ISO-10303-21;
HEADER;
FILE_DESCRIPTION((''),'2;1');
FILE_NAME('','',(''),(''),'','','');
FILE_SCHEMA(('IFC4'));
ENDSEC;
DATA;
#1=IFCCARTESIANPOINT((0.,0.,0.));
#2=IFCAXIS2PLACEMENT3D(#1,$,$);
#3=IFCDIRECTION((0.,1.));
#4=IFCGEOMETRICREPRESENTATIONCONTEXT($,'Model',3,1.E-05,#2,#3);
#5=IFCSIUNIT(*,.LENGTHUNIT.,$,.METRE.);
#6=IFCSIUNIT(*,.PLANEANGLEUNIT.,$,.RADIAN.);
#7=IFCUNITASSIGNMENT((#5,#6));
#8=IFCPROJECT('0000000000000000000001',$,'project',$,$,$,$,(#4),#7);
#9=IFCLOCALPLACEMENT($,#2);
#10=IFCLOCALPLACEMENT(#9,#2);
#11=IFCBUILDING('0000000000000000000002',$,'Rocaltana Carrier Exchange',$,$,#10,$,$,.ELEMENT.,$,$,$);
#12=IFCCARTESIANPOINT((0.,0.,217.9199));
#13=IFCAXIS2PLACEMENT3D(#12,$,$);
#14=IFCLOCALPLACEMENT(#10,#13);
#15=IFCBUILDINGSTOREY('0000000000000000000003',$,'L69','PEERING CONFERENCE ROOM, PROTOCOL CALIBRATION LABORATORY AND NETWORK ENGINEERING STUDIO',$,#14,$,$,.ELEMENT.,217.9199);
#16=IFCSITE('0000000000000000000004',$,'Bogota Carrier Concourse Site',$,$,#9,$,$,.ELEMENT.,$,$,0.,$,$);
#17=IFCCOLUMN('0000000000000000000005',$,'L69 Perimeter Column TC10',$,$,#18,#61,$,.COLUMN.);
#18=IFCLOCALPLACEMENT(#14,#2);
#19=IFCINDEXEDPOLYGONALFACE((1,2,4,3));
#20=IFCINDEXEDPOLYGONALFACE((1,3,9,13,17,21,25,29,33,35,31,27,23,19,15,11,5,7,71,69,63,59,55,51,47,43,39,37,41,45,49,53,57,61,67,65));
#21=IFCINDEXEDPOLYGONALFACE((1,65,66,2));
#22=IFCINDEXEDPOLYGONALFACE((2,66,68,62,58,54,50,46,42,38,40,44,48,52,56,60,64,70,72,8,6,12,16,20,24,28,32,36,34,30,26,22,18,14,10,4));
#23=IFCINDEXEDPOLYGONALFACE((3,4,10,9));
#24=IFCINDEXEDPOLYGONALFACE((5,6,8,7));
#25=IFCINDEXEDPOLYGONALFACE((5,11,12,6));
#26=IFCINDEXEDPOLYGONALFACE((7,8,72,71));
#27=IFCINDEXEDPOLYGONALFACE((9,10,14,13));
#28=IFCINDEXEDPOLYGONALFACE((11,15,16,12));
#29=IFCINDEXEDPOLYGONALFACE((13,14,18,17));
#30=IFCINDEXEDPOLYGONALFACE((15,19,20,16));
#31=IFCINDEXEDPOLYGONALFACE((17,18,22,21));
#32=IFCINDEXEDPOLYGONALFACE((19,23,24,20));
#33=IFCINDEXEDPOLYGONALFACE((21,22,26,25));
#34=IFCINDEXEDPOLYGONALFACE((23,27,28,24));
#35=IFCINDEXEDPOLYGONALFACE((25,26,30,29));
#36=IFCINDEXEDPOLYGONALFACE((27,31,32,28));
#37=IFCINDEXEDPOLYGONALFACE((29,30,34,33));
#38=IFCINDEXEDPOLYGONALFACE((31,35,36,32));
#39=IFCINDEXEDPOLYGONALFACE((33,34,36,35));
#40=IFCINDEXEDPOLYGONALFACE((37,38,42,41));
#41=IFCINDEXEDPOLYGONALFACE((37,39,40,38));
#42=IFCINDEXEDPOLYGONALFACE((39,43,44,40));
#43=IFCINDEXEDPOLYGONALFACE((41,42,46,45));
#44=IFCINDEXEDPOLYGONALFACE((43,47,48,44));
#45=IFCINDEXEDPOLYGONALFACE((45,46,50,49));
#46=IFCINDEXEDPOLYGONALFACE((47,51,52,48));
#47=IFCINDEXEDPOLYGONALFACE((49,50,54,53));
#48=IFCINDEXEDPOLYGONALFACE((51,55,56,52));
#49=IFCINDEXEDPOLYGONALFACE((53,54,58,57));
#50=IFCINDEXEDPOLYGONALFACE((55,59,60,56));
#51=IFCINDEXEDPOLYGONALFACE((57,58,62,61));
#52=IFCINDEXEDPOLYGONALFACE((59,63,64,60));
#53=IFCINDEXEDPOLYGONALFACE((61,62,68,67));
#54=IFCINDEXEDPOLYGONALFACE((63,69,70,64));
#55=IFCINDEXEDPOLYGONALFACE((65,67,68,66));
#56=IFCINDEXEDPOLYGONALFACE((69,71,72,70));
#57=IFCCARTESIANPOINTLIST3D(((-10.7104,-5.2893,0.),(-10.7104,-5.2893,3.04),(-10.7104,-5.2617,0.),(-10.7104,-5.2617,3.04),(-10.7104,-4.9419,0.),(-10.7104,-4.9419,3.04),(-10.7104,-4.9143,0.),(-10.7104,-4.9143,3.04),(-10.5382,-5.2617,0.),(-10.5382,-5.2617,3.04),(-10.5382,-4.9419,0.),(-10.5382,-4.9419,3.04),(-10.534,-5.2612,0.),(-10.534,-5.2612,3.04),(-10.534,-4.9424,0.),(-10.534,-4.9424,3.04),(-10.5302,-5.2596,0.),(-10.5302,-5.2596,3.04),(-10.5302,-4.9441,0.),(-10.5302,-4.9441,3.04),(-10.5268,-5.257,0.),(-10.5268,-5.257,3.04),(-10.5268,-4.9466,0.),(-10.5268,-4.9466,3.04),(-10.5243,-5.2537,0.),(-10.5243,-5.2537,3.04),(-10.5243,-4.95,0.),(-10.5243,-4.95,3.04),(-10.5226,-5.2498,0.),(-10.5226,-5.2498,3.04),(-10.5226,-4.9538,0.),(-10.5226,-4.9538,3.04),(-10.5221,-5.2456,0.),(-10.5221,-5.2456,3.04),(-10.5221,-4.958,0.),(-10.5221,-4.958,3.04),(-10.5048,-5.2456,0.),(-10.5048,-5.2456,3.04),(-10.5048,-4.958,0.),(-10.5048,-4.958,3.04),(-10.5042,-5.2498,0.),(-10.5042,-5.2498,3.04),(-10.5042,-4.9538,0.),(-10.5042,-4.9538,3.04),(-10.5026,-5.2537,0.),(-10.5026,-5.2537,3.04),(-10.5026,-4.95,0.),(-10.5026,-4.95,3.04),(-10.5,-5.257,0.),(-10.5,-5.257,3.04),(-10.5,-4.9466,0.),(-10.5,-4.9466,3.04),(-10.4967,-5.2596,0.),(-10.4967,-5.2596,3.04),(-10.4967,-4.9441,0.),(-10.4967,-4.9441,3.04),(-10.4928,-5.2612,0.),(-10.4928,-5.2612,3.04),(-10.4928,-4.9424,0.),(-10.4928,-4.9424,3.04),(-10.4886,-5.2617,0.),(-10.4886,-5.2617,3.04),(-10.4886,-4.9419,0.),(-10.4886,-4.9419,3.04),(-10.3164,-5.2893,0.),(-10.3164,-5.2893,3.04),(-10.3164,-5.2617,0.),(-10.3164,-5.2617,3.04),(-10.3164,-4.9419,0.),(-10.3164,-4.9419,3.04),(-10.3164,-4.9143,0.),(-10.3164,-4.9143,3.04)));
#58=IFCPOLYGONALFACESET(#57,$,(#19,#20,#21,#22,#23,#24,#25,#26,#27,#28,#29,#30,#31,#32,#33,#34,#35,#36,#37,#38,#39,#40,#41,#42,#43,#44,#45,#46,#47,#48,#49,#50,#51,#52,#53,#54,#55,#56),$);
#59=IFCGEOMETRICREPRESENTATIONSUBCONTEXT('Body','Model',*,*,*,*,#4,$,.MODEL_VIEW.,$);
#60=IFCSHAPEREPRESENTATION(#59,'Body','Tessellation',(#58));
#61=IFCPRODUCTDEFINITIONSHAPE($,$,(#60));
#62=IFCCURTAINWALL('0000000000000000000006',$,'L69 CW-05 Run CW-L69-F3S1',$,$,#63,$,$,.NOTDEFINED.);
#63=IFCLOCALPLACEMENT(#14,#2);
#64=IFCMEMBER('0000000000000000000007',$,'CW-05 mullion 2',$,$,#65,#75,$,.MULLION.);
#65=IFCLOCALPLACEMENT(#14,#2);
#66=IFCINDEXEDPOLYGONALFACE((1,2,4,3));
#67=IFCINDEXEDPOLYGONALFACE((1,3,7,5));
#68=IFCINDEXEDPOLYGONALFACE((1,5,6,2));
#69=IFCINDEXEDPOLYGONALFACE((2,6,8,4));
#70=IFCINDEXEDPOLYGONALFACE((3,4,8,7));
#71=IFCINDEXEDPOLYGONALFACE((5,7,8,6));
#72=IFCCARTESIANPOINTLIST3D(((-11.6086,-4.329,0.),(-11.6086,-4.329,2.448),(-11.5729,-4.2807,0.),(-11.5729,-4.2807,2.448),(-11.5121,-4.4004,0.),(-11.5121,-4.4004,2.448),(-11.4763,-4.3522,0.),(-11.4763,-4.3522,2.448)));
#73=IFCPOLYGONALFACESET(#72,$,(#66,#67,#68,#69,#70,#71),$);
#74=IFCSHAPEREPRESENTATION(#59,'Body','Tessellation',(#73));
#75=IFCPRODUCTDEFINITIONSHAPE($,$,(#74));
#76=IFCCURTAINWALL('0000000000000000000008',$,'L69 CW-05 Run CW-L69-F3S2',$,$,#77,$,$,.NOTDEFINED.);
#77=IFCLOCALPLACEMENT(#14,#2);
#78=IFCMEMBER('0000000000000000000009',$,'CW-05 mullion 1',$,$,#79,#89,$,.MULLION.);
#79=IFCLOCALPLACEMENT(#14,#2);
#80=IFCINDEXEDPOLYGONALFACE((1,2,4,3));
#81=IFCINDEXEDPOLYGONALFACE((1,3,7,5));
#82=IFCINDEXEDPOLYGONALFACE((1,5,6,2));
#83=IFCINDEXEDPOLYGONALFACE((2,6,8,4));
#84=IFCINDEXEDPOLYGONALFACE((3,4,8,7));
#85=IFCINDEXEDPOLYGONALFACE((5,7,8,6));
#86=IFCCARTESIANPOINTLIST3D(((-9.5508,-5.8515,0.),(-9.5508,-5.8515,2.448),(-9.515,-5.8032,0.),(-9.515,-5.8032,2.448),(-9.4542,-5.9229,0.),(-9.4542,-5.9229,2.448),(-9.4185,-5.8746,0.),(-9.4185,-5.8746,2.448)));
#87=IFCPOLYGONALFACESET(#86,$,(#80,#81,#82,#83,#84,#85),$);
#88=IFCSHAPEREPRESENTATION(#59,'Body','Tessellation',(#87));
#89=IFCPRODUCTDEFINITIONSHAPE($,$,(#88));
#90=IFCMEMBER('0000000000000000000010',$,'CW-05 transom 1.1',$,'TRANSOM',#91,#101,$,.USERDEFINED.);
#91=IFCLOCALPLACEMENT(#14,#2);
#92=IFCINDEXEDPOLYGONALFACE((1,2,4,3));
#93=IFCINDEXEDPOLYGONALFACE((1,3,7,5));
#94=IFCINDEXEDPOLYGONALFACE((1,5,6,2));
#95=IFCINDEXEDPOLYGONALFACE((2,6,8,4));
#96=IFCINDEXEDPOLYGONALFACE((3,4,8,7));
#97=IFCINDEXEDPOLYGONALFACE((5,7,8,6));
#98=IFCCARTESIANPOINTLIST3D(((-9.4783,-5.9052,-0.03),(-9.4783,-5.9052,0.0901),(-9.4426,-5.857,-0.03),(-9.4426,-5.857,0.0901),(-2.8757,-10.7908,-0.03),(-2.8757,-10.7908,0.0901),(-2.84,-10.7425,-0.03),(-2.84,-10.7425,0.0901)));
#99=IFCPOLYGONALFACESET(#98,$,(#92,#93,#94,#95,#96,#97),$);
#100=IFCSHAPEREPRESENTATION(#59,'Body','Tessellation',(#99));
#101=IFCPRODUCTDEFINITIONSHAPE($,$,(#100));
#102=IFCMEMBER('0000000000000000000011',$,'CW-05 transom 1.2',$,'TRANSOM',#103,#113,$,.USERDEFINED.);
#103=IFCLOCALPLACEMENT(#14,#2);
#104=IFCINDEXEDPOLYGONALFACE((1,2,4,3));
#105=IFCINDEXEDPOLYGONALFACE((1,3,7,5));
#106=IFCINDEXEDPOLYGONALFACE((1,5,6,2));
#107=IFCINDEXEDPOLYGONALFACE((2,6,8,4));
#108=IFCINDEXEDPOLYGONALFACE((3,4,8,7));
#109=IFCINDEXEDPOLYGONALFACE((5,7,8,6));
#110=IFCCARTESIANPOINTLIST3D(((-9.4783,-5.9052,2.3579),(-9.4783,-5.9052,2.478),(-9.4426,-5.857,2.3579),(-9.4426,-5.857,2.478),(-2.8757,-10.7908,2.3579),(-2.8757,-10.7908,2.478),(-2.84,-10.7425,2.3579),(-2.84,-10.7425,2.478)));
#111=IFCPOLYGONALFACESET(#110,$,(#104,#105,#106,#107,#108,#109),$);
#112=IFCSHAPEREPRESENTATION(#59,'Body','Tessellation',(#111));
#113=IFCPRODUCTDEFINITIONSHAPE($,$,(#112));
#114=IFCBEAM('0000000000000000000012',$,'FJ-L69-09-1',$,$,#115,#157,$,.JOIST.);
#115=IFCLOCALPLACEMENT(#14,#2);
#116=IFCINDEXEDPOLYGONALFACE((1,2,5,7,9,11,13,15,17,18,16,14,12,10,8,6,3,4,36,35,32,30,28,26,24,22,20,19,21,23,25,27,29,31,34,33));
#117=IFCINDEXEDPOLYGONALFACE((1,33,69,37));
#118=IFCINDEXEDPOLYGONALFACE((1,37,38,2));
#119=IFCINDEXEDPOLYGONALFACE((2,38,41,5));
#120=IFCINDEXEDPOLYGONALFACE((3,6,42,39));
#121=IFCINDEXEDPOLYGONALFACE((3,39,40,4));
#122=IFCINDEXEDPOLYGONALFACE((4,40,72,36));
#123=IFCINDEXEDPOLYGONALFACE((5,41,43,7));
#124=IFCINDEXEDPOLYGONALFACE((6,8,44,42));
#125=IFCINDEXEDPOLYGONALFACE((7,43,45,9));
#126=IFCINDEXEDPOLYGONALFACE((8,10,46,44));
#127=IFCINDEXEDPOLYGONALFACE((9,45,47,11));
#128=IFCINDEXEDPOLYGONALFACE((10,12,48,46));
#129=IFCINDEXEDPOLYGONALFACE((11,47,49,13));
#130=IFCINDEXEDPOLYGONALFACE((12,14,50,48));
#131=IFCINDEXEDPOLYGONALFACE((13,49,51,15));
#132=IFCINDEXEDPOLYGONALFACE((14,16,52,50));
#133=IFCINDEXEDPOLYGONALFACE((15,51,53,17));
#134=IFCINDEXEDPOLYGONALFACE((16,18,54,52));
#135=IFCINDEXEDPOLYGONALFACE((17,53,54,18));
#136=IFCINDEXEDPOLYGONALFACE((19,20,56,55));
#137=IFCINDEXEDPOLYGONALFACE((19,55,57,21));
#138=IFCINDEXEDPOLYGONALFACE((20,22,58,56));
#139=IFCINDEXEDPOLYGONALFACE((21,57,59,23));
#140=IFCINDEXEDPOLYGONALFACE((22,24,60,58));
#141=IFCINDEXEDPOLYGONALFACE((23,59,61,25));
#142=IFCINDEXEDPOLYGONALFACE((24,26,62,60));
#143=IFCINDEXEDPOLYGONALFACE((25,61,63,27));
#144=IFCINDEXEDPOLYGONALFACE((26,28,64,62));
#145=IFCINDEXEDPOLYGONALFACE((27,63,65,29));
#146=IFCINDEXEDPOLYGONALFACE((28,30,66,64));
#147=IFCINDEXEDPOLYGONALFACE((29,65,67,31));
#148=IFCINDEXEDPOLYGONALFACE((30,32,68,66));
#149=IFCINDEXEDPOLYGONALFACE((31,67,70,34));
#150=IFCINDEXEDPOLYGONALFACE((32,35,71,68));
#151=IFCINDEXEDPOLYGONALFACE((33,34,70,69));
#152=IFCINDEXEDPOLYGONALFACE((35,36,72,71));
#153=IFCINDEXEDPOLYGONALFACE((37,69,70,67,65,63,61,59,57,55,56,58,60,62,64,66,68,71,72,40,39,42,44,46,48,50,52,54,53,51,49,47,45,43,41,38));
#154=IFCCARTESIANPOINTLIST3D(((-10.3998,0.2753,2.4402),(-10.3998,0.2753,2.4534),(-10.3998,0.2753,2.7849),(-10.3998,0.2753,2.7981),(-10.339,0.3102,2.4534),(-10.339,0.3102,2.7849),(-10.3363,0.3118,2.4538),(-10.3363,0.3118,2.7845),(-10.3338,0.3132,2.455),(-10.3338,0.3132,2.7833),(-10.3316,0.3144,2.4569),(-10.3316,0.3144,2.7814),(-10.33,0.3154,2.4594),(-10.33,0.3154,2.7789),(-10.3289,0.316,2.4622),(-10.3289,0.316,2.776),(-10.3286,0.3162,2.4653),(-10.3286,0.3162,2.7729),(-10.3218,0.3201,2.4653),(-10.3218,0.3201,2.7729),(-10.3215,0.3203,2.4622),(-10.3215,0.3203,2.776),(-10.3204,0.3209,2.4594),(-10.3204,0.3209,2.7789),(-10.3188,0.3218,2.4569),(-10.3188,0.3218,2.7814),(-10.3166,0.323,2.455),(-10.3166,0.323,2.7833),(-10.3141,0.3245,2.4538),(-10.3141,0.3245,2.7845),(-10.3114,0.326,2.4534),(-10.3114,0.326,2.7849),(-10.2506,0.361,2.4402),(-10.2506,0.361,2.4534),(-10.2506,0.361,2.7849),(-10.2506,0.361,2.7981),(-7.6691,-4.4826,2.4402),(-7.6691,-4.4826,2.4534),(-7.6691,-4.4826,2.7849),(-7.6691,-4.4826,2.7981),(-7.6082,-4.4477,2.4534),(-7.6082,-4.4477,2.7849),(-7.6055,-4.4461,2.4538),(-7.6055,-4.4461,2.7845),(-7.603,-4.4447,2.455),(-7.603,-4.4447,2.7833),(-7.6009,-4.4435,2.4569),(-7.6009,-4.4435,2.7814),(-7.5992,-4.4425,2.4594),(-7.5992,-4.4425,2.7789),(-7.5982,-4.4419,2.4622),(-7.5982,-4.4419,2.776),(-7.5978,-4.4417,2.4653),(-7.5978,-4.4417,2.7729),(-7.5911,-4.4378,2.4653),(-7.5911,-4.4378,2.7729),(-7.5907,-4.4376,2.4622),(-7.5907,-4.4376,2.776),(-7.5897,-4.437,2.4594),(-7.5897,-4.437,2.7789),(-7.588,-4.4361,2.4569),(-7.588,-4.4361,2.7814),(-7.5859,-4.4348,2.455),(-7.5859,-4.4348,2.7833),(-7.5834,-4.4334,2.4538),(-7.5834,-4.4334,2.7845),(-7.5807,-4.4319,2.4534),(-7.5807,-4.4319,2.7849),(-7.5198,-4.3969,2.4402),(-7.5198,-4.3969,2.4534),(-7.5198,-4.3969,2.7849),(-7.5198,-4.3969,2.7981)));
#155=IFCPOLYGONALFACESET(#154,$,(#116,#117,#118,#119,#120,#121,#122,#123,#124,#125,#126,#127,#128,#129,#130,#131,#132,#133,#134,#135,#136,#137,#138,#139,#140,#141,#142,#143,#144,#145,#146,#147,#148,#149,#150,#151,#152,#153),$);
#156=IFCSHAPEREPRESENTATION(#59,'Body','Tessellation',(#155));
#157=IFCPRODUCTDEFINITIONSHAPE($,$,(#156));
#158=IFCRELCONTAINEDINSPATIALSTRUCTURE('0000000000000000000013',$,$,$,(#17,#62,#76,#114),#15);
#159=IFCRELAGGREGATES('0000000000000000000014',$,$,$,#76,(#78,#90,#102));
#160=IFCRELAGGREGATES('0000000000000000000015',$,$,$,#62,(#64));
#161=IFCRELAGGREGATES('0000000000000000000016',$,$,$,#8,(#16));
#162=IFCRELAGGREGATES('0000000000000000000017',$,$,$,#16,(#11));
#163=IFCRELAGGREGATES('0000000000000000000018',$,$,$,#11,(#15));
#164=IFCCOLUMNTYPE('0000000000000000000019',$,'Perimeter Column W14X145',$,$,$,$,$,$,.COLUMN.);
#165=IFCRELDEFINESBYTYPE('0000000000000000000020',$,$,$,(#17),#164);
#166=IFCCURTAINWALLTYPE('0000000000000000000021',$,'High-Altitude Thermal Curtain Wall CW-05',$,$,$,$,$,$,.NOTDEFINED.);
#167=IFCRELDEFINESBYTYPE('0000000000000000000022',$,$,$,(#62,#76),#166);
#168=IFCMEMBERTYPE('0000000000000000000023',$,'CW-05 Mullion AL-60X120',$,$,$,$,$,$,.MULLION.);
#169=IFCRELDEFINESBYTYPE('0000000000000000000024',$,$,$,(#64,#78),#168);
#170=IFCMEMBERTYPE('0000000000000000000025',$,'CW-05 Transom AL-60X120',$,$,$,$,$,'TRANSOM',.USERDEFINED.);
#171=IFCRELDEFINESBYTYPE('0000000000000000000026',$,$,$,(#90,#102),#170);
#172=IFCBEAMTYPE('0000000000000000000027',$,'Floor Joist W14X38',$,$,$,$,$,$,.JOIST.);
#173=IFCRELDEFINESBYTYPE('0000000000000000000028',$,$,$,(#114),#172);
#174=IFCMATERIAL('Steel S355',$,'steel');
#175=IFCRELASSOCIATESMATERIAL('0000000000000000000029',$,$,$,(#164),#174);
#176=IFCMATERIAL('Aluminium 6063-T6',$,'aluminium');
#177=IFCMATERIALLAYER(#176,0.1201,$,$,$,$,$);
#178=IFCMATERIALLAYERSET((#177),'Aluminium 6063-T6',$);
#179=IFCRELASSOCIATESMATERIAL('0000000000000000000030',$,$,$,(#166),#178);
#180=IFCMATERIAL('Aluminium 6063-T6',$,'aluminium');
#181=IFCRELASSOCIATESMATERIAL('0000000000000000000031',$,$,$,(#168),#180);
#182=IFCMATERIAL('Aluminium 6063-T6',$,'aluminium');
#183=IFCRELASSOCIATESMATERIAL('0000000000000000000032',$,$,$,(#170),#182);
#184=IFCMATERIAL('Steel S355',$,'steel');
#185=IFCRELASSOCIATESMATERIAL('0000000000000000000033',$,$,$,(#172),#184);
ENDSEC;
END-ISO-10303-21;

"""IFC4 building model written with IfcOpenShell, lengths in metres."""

from ifc_helpers import new_model, si_unit, direction, frame, origin, origin_2d, place, context, subcontext, project, spatial, rectangle, i_section, extrude, material, layer, layer_set, material_profile, profile_set, type_object, element, aggregate, save


model = new_model("IFC4")

# Units and contexts
model_context = context("Model", 3, precision=1e-05, world=origin(), true_north=direction((0.0, 1.0)))
body_context = subcontext(model_context, "Body", "Model", "MODEL_VIEW")
ifc_project = project(units=[si_unit("LENGTHUNIT", "METRE"), si_unit("PLANEANGLEUNIT", "RADIAN")], contexts=[model_context])

# Site, building, storey
site_placement = place(None, origin())
site = spatial("IfcSite", under=ifc_project, at=site_placement, Name="Bogota Carrier Concourse Site", CompositionType="ELEMENT", RefElevation=0.0)
building_placement = place(site_placement, origin())
building = spatial("IfcBuilding", under=site, at=building_placement, Name="Rocaltana Carrier Exchange", CompositionType="ELEMENT")
storey_placement = place(building_placement, frame((0.0, 0.0, 217.9199)))
storey = spatial("IfcBuildingStorey", under=building, at=storey_placement, Name="L69", Description="PEERING CONFERENCE ROOM, PROTOCOL CALIBRATION LABORATORY AND NETWORK ENGINEERING STUDIO", CompositionType="ELEMENT", Elevation=217.9199)

# Column
ifc_material_1 = material(Name="Steel S355", Category="steel")
ifc_material_profile_1 = material_profile(ifc_material_1, i_section(OverallWidth=0.394, OverallDepth=0.375, WebThickness=0.0173, FlangeThickness=0.0276, FilletRadius=0.0161, at=origin_2d()), Name="W14X145")
ifc_profile_set_1 = profile_set([ifc_material_profile_1], Name="Steel S355")
column_type = type_object("IfcColumnType", Name="Perimeter Column W14X145", PredefinedType="COLUMN", material=ifc_profile_set_1)
column_placement = place(storey_placement, frame((-10.5134, -5.1018, 0.0), z_axis=(0.0, 0.0, 1.0), x_axis=(1.0, 0.0, 0.0)))
element("IfcColumn", 1, at=column_placement, inside=storey, type_object=column_type, Name="L69 Perimeter Column TC10", PredefinedType="COLUMN", context=body_context, shape_type="SweptSolid", body=[
    extrude(i_section(OverallWidth=0.394, OverallDepth=0.375, WebThickness=0.0173, FlangeThickness=0.0276, FilletRadius=0.0161, at=origin_2d()), origin(), (0.0, 0.0, 1.0), 3.04),
])

# Curtain wall, member
ifc_material_2 = material(Name="Aluminium 6063-T6", Category="aluminium")
ifc_layer_1 = layer(ifc_material_2, 0.1201)
ifc_layer_set_1 = layer_set([ifc_layer_1], Name="Aluminium 6063-T6")
curtain_wall_type = type_object("IfcCurtainWallType", Name="High-Altitude Thermal Curtain Wall CW-05", PredefinedType="NOTDEFINED", material=ifc_layer_set_1)
curtain_wall_1_placement = place(storey_placement, origin())
curtain_wall_1 = element("IfcCurtainWall", 2, at=curtain_wall_1_placement, inside=storey, type_object=curtain_wall_type, Name="L69 CW-05 Run CW-L69-F3S1", PredefinedType="NOTDEFINED")
ifc_material_3 = material(Name="Aluminium 6063-T6", Category="aluminium")
ifc_material_profile_2 = material_profile(ifc_material_3, rectangle(XDim=0.0601, YDim=0.1201, at=origin_2d()), Name="AL-60X120")
ifc_profile_set_2 = profile_set([ifc_material_profile_2], Name="Aluminium 6063-T6")
member_type_1 = type_object("IfcMemberType", Name="CW-05 Mullion AL-60X120", PredefinedType="MULLION", material=ifc_profile_set_2)
member_1_placement = place(storey_placement, frame((-11.5425, -4.3406, 0.0), z_axis=(0.0, 0.0, 1.0), x_axis=(0.594827, 0.803854, 0.0)))
member_1 = element("IfcMember", 3, at=member_1_placement, type_object=member_type_1, Name="CW-05 mullion 2", PredefinedType="MULLION", context=body_context, shape_type="SweptSolid", body=[
    extrude(rectangle(XDim=0.0601, YDim=0.1201, at=origin_2d()), origin(), (0.0, 0.0, 1.0), 2.448),
])

# Curtain wall, members
curtain_wall_2_placement = place(storey_placement, origin())
curtain_wall_2 = element("IfcCurtainWall", 4, at=curtain_wall_2_placement, inside=storey, type_object=curtain_wall_type, Name="L69 CW-05 Run CW-L69-F3S2", PredefinedType="NOTDEFINED")
member_2_placement = place(storey_placement, frame((-9.4846, -5.863, 0.0), z_axis=(0.0, 0.0, 1.0), x_axis=(0.594821, 0.803858, 0.0)))
member_2 = element("IfcMember", 5, at=member_2_placement, type_object=member_type_1, Name="CW-05 mullion 1", PredefinedType="MULLION", context=body_context, shape_type="SweptSolid", body=[
    extrude(rectangle(XDim=0.0601, YDim=0.1201, at=origin_2d()), origin(), (0.0, 0.0, 1.0), 2.448),
])
ifc_material_4 = material(Name="Aluminium 6063-T6", Category="aluminium")
ifc_material_profile_3 = material_profile(ifc_material_4, rectangle(XDim=0.0601, YDim=0.1201, at=origin_2d()), Name="AL-60X120")
ifc_profile_set_3 = profile_set([ifc_material_profile_3], Name="Aluminium 6063-T6")
member_type_2 = type_object("IfcMemberType", Name="CW-05 Transom AL-60X120", ElementType="TRANSOM", PredefinedType="USERDEFINED", material=ifc_profile_set_3)
member_3_placement = place(storey_placement, frame((-9.4604, -5.8811, 0.03), z_axis=(0.803864, -0.594813, 0.0), x_axis=(0.594813, 0.803864, 0.0)))
member_3 = element("IfcMember", 6, at=member_3_placement, type_object=member_type_2, Name="CW-05 transom 1.1", ObjectType="TRANSOM", PredefinedType="USERDEFINED", context=body_context, shape_type="SweptSolid", body=[
    extrude(rectangle(XDim=0.0601, YDim=0.1201, at=origin_2d()), origin(), (0.0, 0.0, 1.0), 8.2136),
])
member_4_placement = place(storey_placement, frame((-9.4604, -5.8811, 2.418), z_axis=(0.803864, -0.594813, 0.0), x_axis=(0.594813, 0.803864, 0.0)))
member_4 = element("IfcMember", 7, at=member_4_placement, type_object=member_type_2, Name="CW-05 transom 1.2", ObjectType="TRANSOM", PredefinedType="USERDEFINED", context=body_context, shape_type="SweptSolid", body=[
    extrude(rectangle(XDim=0.0601, YDim=0.1201, at=origin_2d()), origin(), (0.0, 0.0, 1.0), 8.2136),
])
aggregate(curtain_wall_2, [member_2, member_3, member_4])

# Beam
ifc_material_5 = material(Name="Steel S355", Category="steel")
ifc_material_profile_4 = material_profile(ifc_material_5, i_section(OverallWidth=0.1721, OverallDepth=0.3579, WebThickness=0.0078, FlangeThickness=0.0132, FilletRadius=0.012, at=origin_2d()), Name="W14X38")
ifc_profile_set_4 = profile_set([ifc_material_profile_4], Name="Steel S355")
beam_type_1 = type_object("IfcBeamType", Name="Floor Joist W14X38", PredefinedType="JOIST", material=ifc_profile_set_4)
beam_1_placement = place(storey_placement, frame((-10.3252, 0.3181, 2.6191), z_axis=(0.497782, -0.867302, 0.0), x_axis=(0.867302, 0.497782, 0.0)))
element("IfcBeam", 8, at=beam_1_placement, inside=storey, type_object=beam_type_1, Name="FJ-L69-09-1", PredefinedType="JOIST", context=body_context, shape_type="SweptSolid", body=[
    extrude(i_section(OverallWidth=0.1721, OverallDepth=0.3579, WebThickness=0.0078, FlangeThickness=0.0132, FilletRadius=0.012, at=origin_2d()), origin(), (0.0, 0.0, 1.0), 5.4858),
])

aggregate(curtain_wall_1, [member_1])

save(model, "model.ifc")
